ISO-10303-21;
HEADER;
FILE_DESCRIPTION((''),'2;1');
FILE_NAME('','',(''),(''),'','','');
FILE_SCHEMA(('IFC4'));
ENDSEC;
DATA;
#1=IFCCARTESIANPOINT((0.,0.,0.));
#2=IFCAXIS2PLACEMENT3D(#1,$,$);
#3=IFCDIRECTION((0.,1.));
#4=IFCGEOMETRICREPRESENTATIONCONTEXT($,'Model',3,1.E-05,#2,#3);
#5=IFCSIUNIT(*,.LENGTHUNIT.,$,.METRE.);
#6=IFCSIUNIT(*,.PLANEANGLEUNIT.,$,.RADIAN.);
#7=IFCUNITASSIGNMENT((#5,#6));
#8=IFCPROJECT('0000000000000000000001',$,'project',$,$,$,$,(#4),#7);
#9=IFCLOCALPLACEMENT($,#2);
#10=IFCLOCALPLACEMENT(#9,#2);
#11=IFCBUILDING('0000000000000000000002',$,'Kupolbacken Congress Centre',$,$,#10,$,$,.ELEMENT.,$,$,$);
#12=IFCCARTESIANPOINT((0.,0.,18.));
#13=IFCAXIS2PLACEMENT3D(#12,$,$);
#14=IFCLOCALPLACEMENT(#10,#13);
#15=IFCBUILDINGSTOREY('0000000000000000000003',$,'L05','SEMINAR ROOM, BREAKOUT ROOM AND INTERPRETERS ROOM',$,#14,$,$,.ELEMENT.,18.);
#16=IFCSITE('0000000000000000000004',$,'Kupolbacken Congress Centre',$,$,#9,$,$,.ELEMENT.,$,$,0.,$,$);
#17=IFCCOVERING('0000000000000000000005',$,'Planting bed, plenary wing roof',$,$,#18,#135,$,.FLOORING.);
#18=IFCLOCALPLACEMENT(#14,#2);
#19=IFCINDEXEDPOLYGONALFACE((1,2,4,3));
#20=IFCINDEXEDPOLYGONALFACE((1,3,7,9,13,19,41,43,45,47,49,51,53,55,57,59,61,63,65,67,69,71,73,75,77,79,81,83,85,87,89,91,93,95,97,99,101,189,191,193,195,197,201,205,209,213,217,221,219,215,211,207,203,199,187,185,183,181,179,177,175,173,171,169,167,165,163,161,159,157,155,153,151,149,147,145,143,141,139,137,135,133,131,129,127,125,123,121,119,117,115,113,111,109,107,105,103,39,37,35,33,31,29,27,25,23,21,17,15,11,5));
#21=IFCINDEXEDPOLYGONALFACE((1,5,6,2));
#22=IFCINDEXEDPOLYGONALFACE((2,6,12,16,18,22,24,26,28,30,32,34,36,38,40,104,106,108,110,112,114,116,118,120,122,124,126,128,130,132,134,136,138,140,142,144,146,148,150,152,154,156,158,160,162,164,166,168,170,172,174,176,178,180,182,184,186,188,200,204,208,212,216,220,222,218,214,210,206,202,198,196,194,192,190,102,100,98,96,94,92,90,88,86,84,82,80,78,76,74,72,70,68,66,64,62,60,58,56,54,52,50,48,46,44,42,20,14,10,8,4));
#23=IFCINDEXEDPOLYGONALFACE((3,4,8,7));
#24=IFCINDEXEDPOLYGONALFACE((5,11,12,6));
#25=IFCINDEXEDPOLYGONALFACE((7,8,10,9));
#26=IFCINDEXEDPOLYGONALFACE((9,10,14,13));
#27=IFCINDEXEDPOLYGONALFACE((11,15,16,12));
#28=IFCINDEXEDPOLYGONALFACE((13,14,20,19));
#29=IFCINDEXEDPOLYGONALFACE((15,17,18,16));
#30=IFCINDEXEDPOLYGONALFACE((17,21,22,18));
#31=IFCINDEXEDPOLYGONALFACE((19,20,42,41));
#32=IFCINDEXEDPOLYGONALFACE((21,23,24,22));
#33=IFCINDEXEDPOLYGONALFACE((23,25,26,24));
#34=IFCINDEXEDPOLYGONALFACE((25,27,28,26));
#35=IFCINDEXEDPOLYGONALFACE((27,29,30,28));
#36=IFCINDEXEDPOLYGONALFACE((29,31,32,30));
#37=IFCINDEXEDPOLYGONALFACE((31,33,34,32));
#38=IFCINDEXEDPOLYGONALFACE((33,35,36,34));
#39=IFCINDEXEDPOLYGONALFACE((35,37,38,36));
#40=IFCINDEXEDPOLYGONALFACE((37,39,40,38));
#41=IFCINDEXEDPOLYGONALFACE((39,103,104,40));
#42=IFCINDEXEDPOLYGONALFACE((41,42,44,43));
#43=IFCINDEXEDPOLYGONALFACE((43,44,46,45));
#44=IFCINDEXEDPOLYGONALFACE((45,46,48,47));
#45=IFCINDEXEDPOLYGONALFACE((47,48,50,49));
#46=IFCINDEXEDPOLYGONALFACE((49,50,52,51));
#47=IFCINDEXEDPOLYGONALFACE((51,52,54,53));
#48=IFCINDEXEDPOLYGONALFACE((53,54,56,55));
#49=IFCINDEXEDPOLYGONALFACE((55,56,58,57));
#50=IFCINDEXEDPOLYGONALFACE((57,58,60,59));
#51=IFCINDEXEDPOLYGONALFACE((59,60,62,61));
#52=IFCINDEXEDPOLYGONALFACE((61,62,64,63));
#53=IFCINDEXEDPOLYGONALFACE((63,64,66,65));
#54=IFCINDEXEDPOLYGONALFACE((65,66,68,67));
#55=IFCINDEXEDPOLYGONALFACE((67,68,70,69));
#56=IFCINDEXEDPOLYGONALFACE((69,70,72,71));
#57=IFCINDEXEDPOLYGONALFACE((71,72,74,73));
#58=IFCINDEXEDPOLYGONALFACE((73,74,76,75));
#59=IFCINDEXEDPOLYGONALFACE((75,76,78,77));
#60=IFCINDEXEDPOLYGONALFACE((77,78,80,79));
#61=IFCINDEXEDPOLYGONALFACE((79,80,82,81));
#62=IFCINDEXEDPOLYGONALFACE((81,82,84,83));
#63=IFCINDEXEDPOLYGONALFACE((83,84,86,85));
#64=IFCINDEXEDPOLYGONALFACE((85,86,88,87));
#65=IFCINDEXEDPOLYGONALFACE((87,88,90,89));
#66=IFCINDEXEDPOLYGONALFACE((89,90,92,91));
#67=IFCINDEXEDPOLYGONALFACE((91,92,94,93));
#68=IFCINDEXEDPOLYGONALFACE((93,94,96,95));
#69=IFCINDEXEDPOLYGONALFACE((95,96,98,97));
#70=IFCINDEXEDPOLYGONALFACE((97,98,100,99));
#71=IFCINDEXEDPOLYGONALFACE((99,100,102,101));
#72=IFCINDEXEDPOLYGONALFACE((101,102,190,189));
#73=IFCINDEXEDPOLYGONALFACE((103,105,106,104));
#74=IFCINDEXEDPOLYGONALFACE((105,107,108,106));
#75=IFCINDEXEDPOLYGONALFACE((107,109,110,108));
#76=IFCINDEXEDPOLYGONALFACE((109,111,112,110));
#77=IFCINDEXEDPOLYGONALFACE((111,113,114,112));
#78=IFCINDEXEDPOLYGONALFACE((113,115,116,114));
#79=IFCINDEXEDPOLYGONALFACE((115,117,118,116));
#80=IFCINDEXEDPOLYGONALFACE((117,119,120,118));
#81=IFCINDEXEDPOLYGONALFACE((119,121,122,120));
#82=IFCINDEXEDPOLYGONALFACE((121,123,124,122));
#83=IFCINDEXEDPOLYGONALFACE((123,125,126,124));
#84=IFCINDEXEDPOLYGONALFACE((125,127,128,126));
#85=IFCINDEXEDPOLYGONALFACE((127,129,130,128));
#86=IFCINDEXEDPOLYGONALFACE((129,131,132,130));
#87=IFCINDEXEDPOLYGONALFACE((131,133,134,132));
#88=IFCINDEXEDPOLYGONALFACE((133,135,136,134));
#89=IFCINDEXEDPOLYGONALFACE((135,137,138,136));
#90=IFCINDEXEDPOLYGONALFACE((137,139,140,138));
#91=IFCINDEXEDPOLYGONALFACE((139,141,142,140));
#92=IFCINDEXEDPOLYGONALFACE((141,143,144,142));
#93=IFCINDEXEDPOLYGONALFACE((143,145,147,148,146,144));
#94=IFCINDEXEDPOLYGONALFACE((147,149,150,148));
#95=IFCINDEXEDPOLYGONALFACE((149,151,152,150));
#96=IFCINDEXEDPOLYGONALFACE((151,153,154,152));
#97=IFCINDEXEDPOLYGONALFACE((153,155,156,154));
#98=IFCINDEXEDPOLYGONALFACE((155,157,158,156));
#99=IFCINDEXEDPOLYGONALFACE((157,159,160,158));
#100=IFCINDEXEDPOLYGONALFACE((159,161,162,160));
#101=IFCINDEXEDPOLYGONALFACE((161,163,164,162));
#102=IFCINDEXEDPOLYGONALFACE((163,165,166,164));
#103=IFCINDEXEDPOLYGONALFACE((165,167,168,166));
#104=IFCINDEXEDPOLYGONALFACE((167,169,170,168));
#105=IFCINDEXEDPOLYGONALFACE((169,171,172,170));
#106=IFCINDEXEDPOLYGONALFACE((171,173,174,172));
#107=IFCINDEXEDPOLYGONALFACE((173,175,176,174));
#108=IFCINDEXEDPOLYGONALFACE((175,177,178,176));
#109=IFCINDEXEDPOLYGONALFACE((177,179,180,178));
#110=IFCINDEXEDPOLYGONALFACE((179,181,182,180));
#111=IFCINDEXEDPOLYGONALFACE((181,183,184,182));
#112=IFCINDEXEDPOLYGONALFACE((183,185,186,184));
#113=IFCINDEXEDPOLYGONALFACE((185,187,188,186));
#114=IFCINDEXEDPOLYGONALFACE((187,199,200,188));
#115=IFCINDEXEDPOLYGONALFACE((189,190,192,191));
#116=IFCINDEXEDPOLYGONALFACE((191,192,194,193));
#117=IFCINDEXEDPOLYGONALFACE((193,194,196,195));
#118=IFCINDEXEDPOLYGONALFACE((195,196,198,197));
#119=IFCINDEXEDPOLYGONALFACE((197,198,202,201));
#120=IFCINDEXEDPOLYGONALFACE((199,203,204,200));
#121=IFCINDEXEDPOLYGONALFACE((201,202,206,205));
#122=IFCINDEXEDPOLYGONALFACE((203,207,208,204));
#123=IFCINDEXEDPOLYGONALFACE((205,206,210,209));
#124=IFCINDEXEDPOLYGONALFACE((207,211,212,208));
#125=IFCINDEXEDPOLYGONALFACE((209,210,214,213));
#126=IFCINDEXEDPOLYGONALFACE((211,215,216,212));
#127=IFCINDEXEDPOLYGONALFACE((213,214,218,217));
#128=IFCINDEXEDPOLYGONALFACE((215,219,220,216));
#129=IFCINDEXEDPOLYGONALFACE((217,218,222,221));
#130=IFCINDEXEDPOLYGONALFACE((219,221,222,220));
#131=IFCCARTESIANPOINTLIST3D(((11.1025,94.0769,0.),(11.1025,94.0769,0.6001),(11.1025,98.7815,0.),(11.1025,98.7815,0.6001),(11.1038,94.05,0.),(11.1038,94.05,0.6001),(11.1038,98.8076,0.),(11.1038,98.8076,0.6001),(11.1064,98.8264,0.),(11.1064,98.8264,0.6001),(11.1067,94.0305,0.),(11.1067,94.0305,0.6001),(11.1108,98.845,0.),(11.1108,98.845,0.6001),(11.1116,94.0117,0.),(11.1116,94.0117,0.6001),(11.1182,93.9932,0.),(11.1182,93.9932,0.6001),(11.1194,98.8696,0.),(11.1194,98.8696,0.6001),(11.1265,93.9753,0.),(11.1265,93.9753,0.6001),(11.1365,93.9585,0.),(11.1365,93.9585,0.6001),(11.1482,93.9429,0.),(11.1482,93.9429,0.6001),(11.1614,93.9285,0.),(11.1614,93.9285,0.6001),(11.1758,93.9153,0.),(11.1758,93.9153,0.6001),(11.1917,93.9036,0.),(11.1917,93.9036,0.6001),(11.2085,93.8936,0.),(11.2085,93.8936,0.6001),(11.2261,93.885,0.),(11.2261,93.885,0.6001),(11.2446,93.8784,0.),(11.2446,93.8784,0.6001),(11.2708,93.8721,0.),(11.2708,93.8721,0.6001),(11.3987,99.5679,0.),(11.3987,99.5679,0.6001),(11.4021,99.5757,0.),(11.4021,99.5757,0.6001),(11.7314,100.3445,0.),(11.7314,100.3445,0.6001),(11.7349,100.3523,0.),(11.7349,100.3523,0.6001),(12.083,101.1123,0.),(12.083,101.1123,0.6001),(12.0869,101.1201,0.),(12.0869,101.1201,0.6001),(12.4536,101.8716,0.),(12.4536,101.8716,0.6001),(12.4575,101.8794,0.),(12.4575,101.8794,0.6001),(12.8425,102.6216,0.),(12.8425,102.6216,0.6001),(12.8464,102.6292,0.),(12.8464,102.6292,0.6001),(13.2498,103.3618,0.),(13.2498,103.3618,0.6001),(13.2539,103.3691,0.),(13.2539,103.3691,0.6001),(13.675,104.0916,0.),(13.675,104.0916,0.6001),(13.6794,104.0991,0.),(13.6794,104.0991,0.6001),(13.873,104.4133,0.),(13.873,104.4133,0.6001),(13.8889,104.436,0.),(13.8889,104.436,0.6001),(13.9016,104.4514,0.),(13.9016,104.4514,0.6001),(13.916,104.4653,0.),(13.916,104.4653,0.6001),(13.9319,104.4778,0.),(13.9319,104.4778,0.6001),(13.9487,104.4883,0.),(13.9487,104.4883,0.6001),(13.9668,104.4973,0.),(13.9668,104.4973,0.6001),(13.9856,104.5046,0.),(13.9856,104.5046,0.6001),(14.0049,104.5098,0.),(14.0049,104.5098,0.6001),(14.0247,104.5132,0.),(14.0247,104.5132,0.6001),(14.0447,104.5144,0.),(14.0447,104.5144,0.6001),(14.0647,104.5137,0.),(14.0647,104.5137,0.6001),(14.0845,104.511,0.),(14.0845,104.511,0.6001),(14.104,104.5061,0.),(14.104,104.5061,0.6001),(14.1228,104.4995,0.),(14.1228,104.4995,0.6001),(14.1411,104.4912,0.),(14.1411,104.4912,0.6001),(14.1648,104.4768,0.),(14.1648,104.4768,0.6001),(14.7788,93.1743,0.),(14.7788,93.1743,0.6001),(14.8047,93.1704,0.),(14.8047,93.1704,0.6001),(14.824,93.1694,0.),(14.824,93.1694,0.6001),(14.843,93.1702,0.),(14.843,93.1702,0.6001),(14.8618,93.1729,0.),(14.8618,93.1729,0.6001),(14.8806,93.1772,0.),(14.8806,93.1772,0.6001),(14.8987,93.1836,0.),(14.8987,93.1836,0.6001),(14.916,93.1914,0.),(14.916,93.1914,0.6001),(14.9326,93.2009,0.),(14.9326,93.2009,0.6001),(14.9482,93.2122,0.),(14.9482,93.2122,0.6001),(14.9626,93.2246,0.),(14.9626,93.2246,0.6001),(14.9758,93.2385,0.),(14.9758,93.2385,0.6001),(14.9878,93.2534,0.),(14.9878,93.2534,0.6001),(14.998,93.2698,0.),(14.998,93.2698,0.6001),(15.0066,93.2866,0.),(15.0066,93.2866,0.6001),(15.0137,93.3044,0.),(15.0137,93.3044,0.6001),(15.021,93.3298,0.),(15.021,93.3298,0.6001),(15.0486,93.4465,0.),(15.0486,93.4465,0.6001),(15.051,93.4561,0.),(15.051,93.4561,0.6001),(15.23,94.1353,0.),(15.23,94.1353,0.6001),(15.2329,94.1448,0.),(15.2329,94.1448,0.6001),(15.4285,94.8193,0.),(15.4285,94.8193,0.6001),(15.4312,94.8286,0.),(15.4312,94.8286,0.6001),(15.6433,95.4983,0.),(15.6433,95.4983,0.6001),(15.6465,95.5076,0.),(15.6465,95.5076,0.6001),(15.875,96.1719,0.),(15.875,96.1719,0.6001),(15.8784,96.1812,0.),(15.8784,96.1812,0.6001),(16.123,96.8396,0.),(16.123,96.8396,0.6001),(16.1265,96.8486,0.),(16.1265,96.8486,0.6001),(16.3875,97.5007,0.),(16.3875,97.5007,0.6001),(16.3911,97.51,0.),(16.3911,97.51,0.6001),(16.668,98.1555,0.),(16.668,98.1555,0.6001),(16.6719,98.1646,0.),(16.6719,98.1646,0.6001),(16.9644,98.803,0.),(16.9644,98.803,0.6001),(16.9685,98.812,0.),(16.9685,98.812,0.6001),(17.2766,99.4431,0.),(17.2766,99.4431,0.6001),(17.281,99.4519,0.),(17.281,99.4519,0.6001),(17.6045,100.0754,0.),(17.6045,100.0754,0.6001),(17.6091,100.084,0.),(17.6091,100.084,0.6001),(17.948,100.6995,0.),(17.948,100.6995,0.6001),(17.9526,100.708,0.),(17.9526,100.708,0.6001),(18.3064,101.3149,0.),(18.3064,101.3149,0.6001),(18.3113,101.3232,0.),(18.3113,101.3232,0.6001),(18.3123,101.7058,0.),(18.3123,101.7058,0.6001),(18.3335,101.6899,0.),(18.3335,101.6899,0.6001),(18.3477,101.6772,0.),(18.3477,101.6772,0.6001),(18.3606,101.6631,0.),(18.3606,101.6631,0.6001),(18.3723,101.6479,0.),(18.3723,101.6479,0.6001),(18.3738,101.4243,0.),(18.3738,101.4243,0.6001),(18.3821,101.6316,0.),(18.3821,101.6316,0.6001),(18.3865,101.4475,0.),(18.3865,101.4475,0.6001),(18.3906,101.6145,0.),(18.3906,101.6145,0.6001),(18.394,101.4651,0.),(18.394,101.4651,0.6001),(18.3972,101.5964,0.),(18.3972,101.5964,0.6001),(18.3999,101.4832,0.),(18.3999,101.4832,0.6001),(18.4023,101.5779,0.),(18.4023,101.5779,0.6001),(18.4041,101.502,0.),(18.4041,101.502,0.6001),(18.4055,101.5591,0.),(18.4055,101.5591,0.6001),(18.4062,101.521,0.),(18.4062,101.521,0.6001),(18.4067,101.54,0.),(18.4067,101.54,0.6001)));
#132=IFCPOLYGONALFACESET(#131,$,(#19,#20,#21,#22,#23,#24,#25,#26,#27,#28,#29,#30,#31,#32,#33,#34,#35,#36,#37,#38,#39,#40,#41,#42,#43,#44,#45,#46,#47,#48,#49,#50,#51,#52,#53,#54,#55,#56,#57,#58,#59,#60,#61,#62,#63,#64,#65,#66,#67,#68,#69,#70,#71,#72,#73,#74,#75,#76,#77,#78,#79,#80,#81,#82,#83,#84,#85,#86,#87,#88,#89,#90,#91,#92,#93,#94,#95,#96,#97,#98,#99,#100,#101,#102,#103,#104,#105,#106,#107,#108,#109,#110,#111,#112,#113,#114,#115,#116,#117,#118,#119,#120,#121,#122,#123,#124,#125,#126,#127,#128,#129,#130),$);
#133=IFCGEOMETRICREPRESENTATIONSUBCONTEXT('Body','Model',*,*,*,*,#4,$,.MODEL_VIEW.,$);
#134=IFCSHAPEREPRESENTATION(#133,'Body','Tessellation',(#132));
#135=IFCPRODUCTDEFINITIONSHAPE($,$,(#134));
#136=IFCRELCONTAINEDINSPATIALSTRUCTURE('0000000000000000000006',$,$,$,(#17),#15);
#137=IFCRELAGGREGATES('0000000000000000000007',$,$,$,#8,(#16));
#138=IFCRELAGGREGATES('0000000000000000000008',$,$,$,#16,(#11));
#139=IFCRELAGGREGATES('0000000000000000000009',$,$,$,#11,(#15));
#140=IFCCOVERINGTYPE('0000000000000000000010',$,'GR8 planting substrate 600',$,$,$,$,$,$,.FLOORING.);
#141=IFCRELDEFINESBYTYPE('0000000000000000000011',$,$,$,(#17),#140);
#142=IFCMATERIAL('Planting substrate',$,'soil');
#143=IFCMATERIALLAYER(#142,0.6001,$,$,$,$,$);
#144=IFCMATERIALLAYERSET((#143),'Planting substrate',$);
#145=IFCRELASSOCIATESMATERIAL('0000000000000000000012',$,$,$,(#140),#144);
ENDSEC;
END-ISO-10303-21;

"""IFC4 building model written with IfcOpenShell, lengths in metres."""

from ifc_helpers import new_model, si_unit, direction, frame, origin, place, context, subcontext, project, spatial, polyline, outline, extrude, material, layer, layer_set, type_object, element, save


model = new_model("IFC4")

# Units and contexts
model_context = context("Model", 3, precision=1e-05, world=origin(), true_north=direction((0.0, 1.0)))
body_context = subcontext(model_context, "Body", "Model", "MODEL_VIEW")
ifc_project = project(units=[si_unit("LENGTHUNIT", "METRE"), si_unit("PLANEANGLEUNIT", "RADIAN")], contexts=[model_context])

# Site, building, storey
site_placement = place(None, origin())
site = spatial("IfcSite", under=ifc_project, at=site_placement, Name="Kupolbacken Congress Centre", CompositionType="ELEMENT", RefElevation=0.0)
building_placement = place(site_placement, origin())
building = spatial("IfcBuilding", under=site, at=building_placement, Name="Kupolbacken Congress Centre", CompositionType="ELEMENT")
storey_placement = place(building_placement, frame((0.0, 0.0, 18.0)))
storey = spatial("IfcBuildingStorey", under=building, at=storey_placement, Name="L05", Description="SEMINAR ROOM, BREAKOUT ROOM AND INTERPRETERS ROOM", CompositionType="ELEMENT", Elevation=18.0)

# Covering
ifc_material_1 = material(Name="Planting substrate", Category="soil")
ifc_layer_1 = layer(ifc_material_1, 0.6001)
ifc_layer_set_1 = layer_set([ifc_layer_1], Name="Planting substrate")
covering_type_1 = type_object("IfcCoveringType", Name="GR8 planting substrate 600", PredefinedType="FLOORING", material=ifc_layer_set_1)
covering_1_placement = place(storey_placement, origin())
element("IfcCovering", 1, at=covering_1_placement, inside=storey, type_object=covering_type_1, Name="Planting bed, plenary wing roof", PredefinedType="FLOORING", context=body_context, shape_type="SweptSolid", body=[
    extrude(outline(polyline([(11.1025, 98.7815), (11.1038, 98.8076), (11.1064, 98.8264), (11.1108, 98.845), (11.1194, 98.8696), (11.3987, 99.5679), (11.4021, 99.5757), (11.7314, 100.3445), (11.7349, 100.3523), (12.083, 101.1123), (12.0869, 101.1201), (12.4536, 101.8716), (12.4575, 101.8794), (12.8425, 102.6216), (12.8464, 102.6292), (13.2498, 103.3618), (13.2539, 103.3691), (13.675, 104.0916), (13.6794, 104.0991), (13.873, 104.4133), (13.8889, 104.436), (13.9016, 104.4514), (13.916, 104.4653), (13.9319, 104.4778), (13.9487, 104.4883), (13.9668, 104.4973), (13.9856, 104.5046), (14.0049, 104.5098), (14.0247, 104.5132), (14.0447, 104.5144), (14.0647, 104.5137), (14.0845, 104.511), (14.104, 104.5061), (14.1228, 104.4995), (14.1411, 104.4912), (14.1648, 104.4768), (18.3123, 101.7058), (18.3335, 101.6899), (18.3477, 101.6772), (18.3606, 101.6631), (18.3723, 101.6479), (18.3821, 101.6316), (18.3906, 101.6145), (18.3972, 101.5964), (18.4023, 101.5779), (18.4055, 101.5591), (18.4067, 101.54), (18.4062, 101.521), (18.4041, 101.502), (18.3999, 101.4832), (18.394, 101.4651), (18.3865, 101.4475), (18.3738, 101.4243), (18.3113, 101.3232), (18.3064, 101.3149), (17.9526, 100.708), (17.948, 100.6995), (17.6091, 100.084), (17.6045, 100.0754), (17.281, 99.4519), (17.2766, 99.4431), (16.9685, 98.812), (16.9644, 98.803), (16.6719, 98.1646), (16.668, 98.1555), (16.3911, 97.51), (16.3875, 97.5007), (16.1265, 96.8486), (16.123, 96.8396), (15.8784, 96.1812), (15.875, 96.1719), (15.6465, 95.5076), (15.6433, 95.4983), (15.4312, 94.8286), (15.4285, 94.8193), (15.2329, 94.1448), (15.23, 94.1353), (15.051, 93.4561), (15.0486, 93.4465), (15.021, 93.3298), (15.0137, 93.3044), (15.0066, 93.2866), (14.998, 93.2698), (14.9878, 93.2534), (14.9758, 93.2385), (14.9626, 93.2246), (14.9482, 93.2122), (14.9326, 93.2009), (14.916, 93.1914), (14.8987, 93.1836), (14.8806, 93.1772), (14.8618, 93.1729), (14.843, 93.1702), (14.824, 93.1694), (14.8047, 93.1704), (14.7788, 93.1743), (11.2708, 93.8721), (11.2446, 93.8784), (11.2261, 93.885), (11.2085, 93.8936), (11.1917, 93.9036), (11.1758, 93.9153), (11.1614, 93.9285), (11.1482, 93.9429), (11.1365, 93.9585), (11.1265, 93.9753), (11.1182, 93.9932), (11.1116, 94.0117), (11.1067, 94.0305), (11.1038, 94.05), (11.1025, 94.0769), (11.1025, 98.7815)])), origin(), (0.0, 0.0, 1.0), 0.6001),
])

save(model, "model.ifc")
